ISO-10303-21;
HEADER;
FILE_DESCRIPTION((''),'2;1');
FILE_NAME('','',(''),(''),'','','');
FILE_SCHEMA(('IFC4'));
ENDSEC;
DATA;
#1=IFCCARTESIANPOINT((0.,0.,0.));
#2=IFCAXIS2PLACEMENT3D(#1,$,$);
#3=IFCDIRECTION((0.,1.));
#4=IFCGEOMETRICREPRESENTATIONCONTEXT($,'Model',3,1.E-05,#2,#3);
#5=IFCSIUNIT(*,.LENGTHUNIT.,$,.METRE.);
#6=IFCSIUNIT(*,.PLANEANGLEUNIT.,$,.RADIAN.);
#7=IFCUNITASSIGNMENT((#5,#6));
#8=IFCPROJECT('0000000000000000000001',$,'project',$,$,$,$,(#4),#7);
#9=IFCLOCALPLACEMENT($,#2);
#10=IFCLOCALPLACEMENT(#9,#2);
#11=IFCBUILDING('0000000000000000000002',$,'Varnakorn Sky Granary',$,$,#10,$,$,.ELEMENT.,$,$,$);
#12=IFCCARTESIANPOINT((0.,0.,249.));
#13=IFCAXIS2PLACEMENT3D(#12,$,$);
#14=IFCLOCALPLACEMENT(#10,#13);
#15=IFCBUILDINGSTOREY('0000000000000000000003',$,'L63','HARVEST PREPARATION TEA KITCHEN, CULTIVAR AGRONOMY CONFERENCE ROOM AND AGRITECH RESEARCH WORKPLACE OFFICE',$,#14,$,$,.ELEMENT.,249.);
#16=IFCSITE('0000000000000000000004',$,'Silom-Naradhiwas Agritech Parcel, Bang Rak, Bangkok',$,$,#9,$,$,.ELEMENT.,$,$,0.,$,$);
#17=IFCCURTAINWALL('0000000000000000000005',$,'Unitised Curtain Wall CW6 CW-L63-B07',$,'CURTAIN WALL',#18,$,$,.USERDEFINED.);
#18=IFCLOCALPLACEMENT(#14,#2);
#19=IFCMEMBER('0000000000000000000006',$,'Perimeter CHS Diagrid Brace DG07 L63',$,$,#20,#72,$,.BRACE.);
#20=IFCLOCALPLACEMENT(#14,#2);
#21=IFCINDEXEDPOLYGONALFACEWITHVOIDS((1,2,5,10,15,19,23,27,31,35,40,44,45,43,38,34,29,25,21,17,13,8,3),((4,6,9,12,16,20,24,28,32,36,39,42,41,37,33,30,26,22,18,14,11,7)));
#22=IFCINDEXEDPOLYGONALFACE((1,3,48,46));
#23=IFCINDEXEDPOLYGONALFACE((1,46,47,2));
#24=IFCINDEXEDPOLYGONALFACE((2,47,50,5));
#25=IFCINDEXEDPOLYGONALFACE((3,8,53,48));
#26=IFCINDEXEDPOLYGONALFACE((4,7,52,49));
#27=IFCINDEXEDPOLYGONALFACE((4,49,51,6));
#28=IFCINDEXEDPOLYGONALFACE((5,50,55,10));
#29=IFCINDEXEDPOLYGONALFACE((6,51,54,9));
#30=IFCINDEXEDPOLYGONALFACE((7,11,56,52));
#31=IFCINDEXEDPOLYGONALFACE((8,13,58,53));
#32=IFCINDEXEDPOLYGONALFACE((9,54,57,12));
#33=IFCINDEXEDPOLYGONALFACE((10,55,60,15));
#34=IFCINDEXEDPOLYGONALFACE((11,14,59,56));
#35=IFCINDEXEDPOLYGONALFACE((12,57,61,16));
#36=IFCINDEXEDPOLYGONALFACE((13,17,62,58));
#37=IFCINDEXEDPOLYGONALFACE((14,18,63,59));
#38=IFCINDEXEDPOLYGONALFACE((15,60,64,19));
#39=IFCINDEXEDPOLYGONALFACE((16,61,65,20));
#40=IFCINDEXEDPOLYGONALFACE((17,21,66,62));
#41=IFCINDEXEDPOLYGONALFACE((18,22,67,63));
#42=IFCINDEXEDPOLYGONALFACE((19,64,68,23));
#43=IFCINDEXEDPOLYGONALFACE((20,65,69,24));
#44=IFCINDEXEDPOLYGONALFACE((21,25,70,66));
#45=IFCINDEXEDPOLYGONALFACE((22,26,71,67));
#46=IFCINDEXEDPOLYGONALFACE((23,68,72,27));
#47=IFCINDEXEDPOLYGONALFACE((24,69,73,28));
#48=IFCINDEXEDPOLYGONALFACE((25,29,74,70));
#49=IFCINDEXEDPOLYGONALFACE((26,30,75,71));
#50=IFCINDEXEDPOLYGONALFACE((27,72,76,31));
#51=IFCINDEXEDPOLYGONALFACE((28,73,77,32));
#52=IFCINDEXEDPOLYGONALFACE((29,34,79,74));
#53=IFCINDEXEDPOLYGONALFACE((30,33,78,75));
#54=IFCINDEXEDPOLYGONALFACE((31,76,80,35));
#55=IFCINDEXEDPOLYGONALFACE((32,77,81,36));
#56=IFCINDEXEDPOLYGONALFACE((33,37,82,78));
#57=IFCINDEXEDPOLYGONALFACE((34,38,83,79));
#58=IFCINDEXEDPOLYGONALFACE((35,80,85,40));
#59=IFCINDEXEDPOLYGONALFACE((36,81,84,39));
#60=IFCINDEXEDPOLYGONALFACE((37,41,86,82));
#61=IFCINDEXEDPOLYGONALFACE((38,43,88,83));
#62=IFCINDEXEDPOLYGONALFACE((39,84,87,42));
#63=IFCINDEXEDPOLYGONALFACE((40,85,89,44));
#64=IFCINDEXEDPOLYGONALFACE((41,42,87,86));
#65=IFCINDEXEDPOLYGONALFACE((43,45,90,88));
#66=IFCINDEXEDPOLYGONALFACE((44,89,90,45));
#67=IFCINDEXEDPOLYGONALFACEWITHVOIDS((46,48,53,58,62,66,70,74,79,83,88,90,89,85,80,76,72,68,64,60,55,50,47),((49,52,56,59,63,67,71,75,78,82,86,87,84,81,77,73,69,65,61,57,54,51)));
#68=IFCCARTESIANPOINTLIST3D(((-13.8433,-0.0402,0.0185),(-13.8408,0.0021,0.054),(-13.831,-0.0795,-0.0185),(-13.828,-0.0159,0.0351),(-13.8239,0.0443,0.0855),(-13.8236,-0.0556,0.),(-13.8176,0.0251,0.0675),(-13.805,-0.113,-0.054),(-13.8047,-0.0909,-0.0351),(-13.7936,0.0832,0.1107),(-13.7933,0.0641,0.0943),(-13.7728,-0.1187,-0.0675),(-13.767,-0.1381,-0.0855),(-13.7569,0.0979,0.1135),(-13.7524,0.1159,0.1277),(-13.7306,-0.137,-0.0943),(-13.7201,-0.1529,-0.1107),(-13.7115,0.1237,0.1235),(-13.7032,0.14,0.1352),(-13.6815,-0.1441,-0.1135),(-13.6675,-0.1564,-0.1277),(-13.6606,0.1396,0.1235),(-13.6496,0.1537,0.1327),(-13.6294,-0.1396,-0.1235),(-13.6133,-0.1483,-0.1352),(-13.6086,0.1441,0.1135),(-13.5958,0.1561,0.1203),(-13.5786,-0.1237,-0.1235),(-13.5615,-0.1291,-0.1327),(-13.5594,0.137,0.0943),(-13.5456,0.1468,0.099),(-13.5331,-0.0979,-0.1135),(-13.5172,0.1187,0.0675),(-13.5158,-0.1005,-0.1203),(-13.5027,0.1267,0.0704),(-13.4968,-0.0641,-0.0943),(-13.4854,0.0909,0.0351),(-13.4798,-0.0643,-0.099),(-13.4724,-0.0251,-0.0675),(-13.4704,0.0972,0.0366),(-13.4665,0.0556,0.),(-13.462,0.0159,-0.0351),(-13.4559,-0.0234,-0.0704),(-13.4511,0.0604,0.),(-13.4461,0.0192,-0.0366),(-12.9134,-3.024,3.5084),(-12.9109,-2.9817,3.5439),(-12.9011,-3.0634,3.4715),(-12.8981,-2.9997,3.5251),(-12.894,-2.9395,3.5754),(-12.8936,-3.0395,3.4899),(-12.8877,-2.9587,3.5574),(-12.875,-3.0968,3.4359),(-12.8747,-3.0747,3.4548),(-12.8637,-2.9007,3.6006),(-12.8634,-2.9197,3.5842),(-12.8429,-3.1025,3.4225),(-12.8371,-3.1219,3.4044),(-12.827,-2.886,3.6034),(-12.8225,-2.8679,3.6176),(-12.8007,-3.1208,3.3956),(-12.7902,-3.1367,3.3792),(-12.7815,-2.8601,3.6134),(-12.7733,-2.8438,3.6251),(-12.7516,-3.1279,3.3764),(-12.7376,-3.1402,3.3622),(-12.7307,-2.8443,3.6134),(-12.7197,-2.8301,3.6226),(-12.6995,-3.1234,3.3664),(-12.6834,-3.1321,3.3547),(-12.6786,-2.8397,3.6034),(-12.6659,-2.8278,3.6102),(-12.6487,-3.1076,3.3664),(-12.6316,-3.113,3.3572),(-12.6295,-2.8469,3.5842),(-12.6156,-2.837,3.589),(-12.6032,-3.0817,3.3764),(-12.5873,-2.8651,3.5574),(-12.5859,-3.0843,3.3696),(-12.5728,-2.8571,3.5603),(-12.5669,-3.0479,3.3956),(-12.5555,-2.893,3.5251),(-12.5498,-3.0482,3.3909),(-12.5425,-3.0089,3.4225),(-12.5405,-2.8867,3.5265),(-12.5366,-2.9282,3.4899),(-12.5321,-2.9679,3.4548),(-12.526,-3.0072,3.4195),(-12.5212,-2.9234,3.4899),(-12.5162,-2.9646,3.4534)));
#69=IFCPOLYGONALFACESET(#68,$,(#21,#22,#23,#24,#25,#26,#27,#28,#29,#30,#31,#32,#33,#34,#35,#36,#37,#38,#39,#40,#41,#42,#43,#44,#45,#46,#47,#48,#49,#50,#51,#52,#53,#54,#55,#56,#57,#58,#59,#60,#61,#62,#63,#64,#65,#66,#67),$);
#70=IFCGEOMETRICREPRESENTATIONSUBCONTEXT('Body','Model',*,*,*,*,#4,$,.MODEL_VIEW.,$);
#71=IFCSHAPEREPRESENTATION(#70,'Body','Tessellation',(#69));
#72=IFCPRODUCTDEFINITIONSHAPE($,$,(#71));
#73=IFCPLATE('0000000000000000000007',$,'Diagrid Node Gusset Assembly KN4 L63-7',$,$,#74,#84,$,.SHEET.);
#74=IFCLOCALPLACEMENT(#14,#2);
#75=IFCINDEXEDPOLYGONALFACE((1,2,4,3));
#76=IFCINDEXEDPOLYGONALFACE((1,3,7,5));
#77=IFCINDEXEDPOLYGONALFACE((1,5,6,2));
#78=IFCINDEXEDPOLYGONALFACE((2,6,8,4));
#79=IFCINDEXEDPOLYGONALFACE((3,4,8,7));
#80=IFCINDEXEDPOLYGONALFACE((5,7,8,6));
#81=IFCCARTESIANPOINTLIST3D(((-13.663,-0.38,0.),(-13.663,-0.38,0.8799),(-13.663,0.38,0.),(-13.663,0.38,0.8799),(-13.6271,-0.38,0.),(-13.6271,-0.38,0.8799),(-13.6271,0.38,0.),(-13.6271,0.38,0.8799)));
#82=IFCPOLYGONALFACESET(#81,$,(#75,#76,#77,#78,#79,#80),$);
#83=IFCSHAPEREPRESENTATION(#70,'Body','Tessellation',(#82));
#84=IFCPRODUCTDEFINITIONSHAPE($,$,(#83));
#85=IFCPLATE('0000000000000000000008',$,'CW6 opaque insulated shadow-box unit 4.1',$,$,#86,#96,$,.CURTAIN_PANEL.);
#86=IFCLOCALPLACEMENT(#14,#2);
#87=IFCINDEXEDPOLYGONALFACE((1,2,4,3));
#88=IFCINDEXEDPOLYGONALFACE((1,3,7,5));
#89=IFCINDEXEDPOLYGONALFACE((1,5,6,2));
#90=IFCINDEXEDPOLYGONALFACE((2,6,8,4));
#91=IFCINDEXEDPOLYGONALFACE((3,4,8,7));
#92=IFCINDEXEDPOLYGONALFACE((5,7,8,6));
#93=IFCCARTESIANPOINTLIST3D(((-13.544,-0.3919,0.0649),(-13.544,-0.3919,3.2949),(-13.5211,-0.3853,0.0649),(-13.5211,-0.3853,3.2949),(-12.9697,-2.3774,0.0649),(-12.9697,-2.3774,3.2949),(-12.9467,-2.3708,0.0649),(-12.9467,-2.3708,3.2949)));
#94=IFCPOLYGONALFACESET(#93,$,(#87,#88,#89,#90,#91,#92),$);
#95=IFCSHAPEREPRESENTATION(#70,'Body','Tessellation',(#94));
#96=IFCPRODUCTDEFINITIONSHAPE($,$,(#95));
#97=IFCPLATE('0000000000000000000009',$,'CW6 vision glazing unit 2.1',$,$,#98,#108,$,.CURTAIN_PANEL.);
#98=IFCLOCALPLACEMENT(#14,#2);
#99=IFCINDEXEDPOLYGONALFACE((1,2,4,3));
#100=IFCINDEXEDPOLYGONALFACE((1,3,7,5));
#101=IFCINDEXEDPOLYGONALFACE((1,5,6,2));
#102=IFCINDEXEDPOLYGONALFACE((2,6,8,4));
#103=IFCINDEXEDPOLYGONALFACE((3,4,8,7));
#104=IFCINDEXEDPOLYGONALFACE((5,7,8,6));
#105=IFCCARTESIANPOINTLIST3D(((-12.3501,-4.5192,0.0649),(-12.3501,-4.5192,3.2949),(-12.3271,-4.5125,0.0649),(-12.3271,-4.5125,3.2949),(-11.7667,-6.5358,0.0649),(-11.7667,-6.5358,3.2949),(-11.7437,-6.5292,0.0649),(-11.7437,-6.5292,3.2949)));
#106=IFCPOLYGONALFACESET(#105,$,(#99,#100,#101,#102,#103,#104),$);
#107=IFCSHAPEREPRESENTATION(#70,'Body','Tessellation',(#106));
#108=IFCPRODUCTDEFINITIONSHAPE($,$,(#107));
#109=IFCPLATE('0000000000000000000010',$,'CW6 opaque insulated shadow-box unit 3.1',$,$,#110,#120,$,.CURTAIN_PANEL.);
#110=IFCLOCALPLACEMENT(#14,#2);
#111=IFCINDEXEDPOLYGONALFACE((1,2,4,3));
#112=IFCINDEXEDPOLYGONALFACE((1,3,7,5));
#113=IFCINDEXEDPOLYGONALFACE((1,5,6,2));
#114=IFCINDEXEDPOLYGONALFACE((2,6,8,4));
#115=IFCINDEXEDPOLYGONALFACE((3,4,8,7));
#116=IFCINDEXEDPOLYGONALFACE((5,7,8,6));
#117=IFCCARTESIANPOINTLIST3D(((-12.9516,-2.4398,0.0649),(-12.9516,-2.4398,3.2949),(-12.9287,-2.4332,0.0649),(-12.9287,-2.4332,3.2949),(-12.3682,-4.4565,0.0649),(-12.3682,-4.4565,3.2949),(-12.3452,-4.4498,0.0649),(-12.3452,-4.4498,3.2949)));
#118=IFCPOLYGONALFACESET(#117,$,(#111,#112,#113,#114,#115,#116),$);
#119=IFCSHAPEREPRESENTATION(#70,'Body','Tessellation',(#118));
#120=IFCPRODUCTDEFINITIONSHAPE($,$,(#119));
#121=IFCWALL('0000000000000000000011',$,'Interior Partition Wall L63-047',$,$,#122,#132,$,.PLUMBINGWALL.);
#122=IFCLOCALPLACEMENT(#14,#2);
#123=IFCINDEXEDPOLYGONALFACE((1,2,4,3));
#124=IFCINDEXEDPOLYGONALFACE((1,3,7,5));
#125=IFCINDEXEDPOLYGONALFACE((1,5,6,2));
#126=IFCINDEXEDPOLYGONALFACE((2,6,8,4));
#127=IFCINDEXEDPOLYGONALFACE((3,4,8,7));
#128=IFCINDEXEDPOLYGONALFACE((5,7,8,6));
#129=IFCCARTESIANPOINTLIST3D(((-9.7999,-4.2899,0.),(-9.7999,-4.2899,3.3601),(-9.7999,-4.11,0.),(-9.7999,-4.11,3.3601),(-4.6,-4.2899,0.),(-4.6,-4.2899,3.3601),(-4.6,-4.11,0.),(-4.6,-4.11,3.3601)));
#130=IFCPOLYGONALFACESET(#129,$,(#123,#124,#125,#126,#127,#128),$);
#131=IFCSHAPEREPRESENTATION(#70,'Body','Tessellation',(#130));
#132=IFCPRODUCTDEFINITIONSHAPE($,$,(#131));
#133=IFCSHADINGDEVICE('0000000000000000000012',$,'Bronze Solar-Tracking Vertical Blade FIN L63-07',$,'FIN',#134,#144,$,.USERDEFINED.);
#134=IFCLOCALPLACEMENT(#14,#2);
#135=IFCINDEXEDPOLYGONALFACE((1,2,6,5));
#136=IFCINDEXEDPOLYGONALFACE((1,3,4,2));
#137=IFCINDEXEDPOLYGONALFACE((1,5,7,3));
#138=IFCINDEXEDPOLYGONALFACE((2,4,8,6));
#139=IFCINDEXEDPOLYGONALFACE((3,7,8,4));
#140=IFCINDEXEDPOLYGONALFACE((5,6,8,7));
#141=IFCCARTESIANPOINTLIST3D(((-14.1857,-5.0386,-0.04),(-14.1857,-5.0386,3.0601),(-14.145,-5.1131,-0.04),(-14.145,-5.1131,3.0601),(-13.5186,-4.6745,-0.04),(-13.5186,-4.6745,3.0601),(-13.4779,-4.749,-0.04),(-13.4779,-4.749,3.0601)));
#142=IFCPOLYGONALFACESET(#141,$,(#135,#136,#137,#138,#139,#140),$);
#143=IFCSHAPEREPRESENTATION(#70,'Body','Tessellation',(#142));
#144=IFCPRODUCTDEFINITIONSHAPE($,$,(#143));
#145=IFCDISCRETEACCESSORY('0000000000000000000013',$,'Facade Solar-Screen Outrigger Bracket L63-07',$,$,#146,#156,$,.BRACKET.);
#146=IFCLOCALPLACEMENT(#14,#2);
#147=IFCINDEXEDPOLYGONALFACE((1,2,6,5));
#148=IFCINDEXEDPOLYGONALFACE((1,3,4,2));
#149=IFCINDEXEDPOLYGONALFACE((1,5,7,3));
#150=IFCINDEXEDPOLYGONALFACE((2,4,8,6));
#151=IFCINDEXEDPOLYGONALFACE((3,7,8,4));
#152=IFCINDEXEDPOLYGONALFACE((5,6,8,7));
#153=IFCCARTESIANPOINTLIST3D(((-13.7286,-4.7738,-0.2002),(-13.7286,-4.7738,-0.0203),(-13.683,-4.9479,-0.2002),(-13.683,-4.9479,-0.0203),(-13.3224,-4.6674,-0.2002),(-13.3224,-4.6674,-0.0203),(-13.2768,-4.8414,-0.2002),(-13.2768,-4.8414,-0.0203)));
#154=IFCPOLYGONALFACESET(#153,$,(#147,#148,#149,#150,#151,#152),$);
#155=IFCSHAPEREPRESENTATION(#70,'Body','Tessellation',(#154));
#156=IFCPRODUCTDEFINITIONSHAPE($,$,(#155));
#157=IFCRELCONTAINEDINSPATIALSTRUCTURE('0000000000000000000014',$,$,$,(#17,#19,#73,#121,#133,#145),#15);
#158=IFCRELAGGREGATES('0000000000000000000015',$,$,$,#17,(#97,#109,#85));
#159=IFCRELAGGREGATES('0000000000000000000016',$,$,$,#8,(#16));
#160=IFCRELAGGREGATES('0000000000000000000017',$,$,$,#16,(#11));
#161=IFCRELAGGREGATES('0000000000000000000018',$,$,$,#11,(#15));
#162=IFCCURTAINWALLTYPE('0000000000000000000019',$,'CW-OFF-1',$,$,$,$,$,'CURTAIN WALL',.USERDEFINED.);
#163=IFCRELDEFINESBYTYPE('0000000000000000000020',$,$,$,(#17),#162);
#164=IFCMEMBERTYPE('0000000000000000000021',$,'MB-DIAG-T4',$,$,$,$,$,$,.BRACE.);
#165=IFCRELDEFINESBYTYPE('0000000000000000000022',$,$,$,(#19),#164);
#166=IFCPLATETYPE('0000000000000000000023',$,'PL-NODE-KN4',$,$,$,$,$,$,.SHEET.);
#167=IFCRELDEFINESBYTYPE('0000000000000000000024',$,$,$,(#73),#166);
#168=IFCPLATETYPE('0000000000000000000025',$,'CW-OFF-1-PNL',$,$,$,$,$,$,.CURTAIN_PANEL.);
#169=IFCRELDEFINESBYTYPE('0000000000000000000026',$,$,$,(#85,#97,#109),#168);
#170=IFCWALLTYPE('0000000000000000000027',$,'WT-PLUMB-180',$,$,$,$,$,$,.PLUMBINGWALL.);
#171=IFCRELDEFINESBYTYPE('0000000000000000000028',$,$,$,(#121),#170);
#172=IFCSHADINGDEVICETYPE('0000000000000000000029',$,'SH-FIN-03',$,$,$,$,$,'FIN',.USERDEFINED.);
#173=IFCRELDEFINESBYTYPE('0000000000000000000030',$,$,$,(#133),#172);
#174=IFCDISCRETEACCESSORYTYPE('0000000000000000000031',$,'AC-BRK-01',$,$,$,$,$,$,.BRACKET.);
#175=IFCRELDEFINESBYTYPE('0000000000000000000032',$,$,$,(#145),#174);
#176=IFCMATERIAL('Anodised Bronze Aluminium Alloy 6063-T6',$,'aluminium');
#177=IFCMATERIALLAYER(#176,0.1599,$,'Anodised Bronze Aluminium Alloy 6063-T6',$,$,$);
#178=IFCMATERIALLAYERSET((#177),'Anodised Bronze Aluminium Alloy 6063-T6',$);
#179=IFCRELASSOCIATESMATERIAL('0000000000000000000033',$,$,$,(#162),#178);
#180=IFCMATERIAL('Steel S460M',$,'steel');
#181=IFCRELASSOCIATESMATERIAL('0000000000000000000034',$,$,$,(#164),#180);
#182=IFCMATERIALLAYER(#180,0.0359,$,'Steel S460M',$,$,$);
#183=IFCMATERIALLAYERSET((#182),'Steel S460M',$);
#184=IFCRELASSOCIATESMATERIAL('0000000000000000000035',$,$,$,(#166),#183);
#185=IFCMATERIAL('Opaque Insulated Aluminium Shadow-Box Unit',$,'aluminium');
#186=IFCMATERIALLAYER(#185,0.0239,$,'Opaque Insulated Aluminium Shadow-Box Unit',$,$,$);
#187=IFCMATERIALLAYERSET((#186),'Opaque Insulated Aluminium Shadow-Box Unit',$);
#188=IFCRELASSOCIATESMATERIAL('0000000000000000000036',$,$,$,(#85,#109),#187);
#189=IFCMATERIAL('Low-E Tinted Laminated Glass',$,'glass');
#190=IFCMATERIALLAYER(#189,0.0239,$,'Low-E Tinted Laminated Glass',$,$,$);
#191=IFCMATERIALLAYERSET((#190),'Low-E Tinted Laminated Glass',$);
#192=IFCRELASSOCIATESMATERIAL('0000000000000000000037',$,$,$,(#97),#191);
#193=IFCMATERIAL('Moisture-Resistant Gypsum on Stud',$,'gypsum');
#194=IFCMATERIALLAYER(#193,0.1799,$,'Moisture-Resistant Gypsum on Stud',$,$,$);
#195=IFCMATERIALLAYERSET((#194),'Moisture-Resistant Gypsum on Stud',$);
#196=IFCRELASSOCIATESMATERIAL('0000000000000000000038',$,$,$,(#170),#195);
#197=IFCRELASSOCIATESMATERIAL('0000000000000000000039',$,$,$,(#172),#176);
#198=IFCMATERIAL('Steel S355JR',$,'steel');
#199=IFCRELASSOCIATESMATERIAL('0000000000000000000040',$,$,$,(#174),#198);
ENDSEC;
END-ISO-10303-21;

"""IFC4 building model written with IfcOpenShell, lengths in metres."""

from ifc_helpers import new_model, si_unit, direction, frame, frame_2d, origin, origin_2d, place, context, subcontext, project, spatial, rectangle, hollow_circle, extrude, source, transform, mapped, material, layer, layer_set, material_profile, profile_set, type_object, type_shapes, element, aggregate, save


model = new_model("IFC4")

# Units and contexts
model_context = context("Model", 3, precision=1e-05, world=origin(), true_north=direction((0.0, 1.0)))
body_context = subcontext(model_context, "Body", "Model", "MODEL_VIEW")
ifc_project = project(units=[si_unit("LENGTHUNIT", "METRE"), si_unit("PLANEANGLEUNIT", "RADIAN")], contexts=[model_context])

# Site, building, storey
site_placement = place(None, origin())
site = spatial("IfcSite", under=ifc_project, at=site_placement, Name="Silom-Naradhiwas Agritech Parcel, Bang Rak, Bangkok", CompositionType="ELEMENT", RefElevation=0.0)
building_placement = place(site_placement, origin())
building = spatial("IfcBuilding", under=site, at=building_placement, Name="Varnakorn Sky Granary", CompositionType="ELEMENT")
storey_placement = place(building_placement, frame((0.0, 0.0, 249.0)))
storey = spatial("IfcBuildingStorey", under=building, at=storey_placement, Name="L63", Description="HARVEST PREPARATION TEA KITCHEN, CULTIVAR AGRONOMY CONFERENCE ROOM AND AGRITECH RESEARCH WORKPLACE OFFICE", CompositionType="ELEMENT", Elevation=249.0)

# Shared definitions
ifc_material_1 = material(Name="Steel S460M", Category="steel")

# Shared definitions
ifc_material_2 = material(Name="Steel S355JR", Category="steel")

# Curtain wall
ifc_material_3 = material(Name="Anodised Bronze Aluminium Alloy 6063-T6", Category="aluminium")
ifc_layer_1 = layer(ifc_material_3, 0.1599, Name="Anodised Bronze Aluminium Alloy 6063-T6")
ifc_layer_set_1 = layer_set([ifc_layer_1], Name="Anodised Bronze Aluminium Alloy 6063-T6")
curtain_wall_type = type_object("IfcCurtainWallType", Name="CW-OFF-1", ElementType="CURTAIN WALL", PredefinedType="USERDEFINED", material=ifc_layer_set_1)
curtain_wall_placement = place(storey_placement, origin())
curtain_wall = element("IfcCurtainWall", 1, at=curtain_wall_placement, inside=storey, type_object=curtain_wall_type, Name="Unitised Curtain Wall CW6 CW-L63-B07", ObjectType="CURTAIN WALL", PredefinedType="USERDEFINED")

# Member
ifc_material_profile_1 = material_profile(ifc_material_1, hollow_circle(Radius=0.2031, WallThickness=0.0161, at=origin_2d()), Name="CHS 406.4x16")
ifc_profile_set_1 = profile_set([ifc_material_profile_1], Name="Steel S460M")
member_type_1 = type_object("IfcMemberType", Name="MB-DIAG-T4", PredefinedType="BRACE", material=ifc_profile_set_1)
for number, where, z_axis, x_axis, name in (
    (2, (-13.645, 0.0, 0.0), (0.198495, -0.636914, 0.744943), (0.95471, 0.297537, 0.0), "Perimeter CHS Diagrid Brace DG07 L63"),
):
    element("IfcMember", number, at=place(storey_placement, frame(where, z_axis=z_axis, x_axis=x_axis)), inside=storey, type_object=member_type_1, Name=name, PredefinedType="BRACE", context=body_context, shape_type="SweptSolid", body=[
        extrude(hollow_circle(Radius=0.2031, WallThickness=0.0161, at=origin_2d()), origin(), (0.0, 0.0, 1.0), 4.6848),
    ])

# Plates
ifc_layer_2 = layer(ifc_material_1, 0.0359, Name="Steel S460M")
ifc_layer_set_2 = layer_set([ifc_layer_2], Name="Steel S460M")
plate_type_1 = type_object("IfcPlateType", Name="PL-NODE-KN4", PredefinedType="SHEET", material=ifc_layer_set_2)
plate_1_placement = place(storey_placement, frame((-13.645, 0.0, 0.0), z_axis=(0.0, 0.0, 1.0), x_axis=(0.0, -1.0, 0.0)))
element("IfcPlate", 3, at=plate_1_placement, inside=storey, type_object=plate_type_1, Name="Diagrid Node Gusset Assembly KN4 L63-7", PredefinedType="SHEET", context=body_context, shape_type="SweptSolid", body=[
    extrude(rectangle(XDim=0.76, YDim=0.0359, at=origin_2d()), origin(), (0.0, 0.0, 1.0), 0.8799),
])
ifc_material_4 = material(Name="Opaque Insulated Aluminium Shadow-Box Unit", Category="aluminium")
ifc_layer_3 = layer(ifc_material_4, 0.0239, Name="Opaque Insulated Aluminium Shadow-Box Unit")
ifc_layer_set_3 = layer_set([ifc_layer_3], Name="Opaque Insulated Aluminium Shadow-Box Unit")
plate_type_2 = type_object("IfcPlateType", Name="CW-OFF-1-PNL", PredefinedType="CURTAIN_PANEL")
shared_shape_1 = source(origin(), body_context, "Body", "SweptSolid", [
    extrude(rectangle(XDim=2.0669, YDim=0.0239, at=origin_2d()), origin(), (0.0, 0.0, 1.0), 3.23),
])
plate_2_placement = place(storey_placement, frame((-13.2454, -1.3813, 0.0649), z_axis=(0.0, 0.0, 1.0), x_axis=(-0.277899, 0.96061, 0.0)))
plate_2 = element("IfcPlate", 4, at=plate_2_placement, type_object=plate_type_2, material=ifc_layer_set_3, Name="CW6 opaque insulated shadow-box unit 4.1", PredefinedType="CURTAIN_PANEL", context=body_context, shape_type="MappedRepresentation", body=[
    mapped(shared_shape_1, transform((0.0, 0.0, 0.0), x_axis=(1.0, 0.0, 0.0), y_axis=(0.0, 1.0, 0.0), z_axis=(0.0, 0.0, 1.0), scale=1.0)),
])
ifc_material_5 = material(Name="Low-E Tinted Laminated Glass", Category="glass")
ifc_layer_4 = layer(ifc_material_5, 0.0239, Name="Low-E Tinted Laminated Glass")
ifc_layer_set_4 = layer_set([ifc_layer_4], Name="Low-E Tinted Laminated Glass")
shared_shape_2 = source(origin(), body_context, "Body", "SweptSolid", [
    extrude(rectangle(XDim=2.0994, YDim=0.0239, at=origin_2d()), origin(), (0.0, 0.0, 1.0), 3.23),
])
type_shapes(plate_type_2, [shared_shape_1, shared_shape_2])
plate_3_placement = place(storey_placement, frame((-12.0469, -5.5242, 0.0649), z_axis=(0.0, 0.0, 1.0), x_axis=(-0.277899, 0.96061, 0.0)))
plate_3 = element("IfcPlate", 5, at=plate_3_placement, type_object=plate_type_2, material=ifc_layer_set_4, Name="CW6 vision glazing unit 2.1", PredefinedType="CURTAIN_PANEL", context=body_context, shape_type="MappedRepresentation", body=[
    mapped(shared_shape_2, transform((0.0, 0.0, 0.0), x_axis=(1.0, 0.0, 0.0), y_axis=(0.0, 1.0, 0.0), z_axis=(0.0, 0.0, 1.0), scale=1.0)),
])
plate_4_placement = place(storey_placement, frame((-12.6484, -3.4448, 0.0649), z_axis=(0.0, 0.0, 1.0), x_axis=(-0.277899, 0.96061, 0.0)))
plate_4 = element("IfcPlate", 6, at=plate_4_placement, type_object=plate_type_2, material=ifc_layer_set_3, Name="CW6 opaque insulated shadow-box unit 3.1", PredefinedType="CURTAIN_PANEL", context=body_context, shape_type="MappedRepresentation", body=[
    mapped(shared_shape_2, transform((0.0, 0.0, 0.0), x_axis=(1.0, 0.0, 0.0), y_axis=(0.0, 1.0, 0.0), z_axis=(0.0, 0.0, 1.0), scale=1.0)),
])
aggregate(curtain_wall, [plate_3, plate_4, plate_2])

# Wall
ifc_material_6 = material(Name="Moisture-Resistant Gypsum on Stud", Category="gypsum")
ifc_layer_5 = layer(ifc_material_6, 0.1799, Name="Moisture-Resistant Gypsum on Stud")
ifc_layer_set_5 = layer_set([ifc_layer_5], Name="Moisture-Resistant Gypsum on Stud")
wall_type = type_object("IfcWallType", Name="WT-PLUMB-180", PredefinedType="PLUMBINGWALL", material=ifc_layer_set_5)
wall_placement = place(storey_placement, frame((-9.8, -4.2, 0.0), z_axis=(0.0, 0.0, 1.0), x_axis=(1.0, 0.0, 0.0)))
element("IfcWall", 7, at=wall_placement, inside=storey, type_object=wall_type, Name="Interior Partition Wall L63-047", PredefinedType="PLUMBINGWALL", context=body_context, shape_type="SweptSolid", body=[
    extrude(rectangle(XDim=5.2, YDim=0.1799, at=frame_2d((2.6001, 0.0))), origin(), (0.0, 0.0, 1.0), 3.3601),
])

# Shading device
shading_device_type = type_object("IfcShadingDeviceType", Name="SH-FIN-03", ElementType="FIN", PredefinedType="USERDEFINED", material=ifc_material_3)
shared_shape_3 = source(origin(), body_context, "Body", "SweptSolid", [
    extrude(rectangle(XDim=0.085, YDim=0.76, at=origin_2d()), origin(), (0.0, 0.0, 1.0), 3.1001),
])
type_shapes(shading_device_type, [shared_shape_3])
shading_device_placement = place(storey_placement, frame((-13.8318, -4.8938, -0.04), z_axis=(0.0, 0.0, 1.0), x_axis=(0.479067, -0.877779, 0.0)))
element("IfcShadingDevice", 8, at=shading_device_placement, inside=storey, type_object=shading_device_type, Name="Bronze Solar-Tracking Vertical Blade FIN L63-07", ObjectType="FIN", PredefinedType="USERDEFINED", context=body_context, shape_type="MappedRepresentation", body=[
    mapped(shared_shape_3, transform((0.0, 0.0, 0.0), x_axis=(1.0, 0.0, 0.0), y_axis=(0.0, 1.0, 0.0), z_axis=(0.0, 0.0, 1.0), scale=1.0)),
])

# Discrete accessory
discrete_accessory_type = type_object("IfcDiscreteAccessoryType", Name="AC-BRK-01", PredefinedType="BRACKET", material=ifc_material_2)
shared_shape_4 = source(origin(), body_context, "Body", "SweptSolid", [
    extrude(rectangle(XDim=0.1799, YDim=0.4199, at=origin_2d()), origin(), (0.0, 0.0, 1.0), 0.1799),
])
type_shapes(discrete_accessory_type, [shared_shape_4])
discrete_accessory_placement = place(storey_placement, frame((-13.5027, -4.8076, -0.2002), z_axis=(0.0, 0.0, 1.0), x_axis=(0.25341, -0.967359, 0.0)))
element("IfcDiscreteAccessory", 9, at=discrete_accessory_placement, inside=storey, type_object=discrete_accessory_type, Name="Facade Solar-Screen Outrigger Bracket L63-07", PredefinedType="BRACKET", context=body_context, shape_type="MappedRepresentation", body=[
    mapped(shared_shape_4, transform((0.0, 0.0, 0.0), x_axis=(1.0, 0.0, 0.0), y_axis=(0.0, 1.0, 0.0), z_axis=(0.0, 0.0, 1.0), scale=1.0)),
])

save(model, "model.ifc")
